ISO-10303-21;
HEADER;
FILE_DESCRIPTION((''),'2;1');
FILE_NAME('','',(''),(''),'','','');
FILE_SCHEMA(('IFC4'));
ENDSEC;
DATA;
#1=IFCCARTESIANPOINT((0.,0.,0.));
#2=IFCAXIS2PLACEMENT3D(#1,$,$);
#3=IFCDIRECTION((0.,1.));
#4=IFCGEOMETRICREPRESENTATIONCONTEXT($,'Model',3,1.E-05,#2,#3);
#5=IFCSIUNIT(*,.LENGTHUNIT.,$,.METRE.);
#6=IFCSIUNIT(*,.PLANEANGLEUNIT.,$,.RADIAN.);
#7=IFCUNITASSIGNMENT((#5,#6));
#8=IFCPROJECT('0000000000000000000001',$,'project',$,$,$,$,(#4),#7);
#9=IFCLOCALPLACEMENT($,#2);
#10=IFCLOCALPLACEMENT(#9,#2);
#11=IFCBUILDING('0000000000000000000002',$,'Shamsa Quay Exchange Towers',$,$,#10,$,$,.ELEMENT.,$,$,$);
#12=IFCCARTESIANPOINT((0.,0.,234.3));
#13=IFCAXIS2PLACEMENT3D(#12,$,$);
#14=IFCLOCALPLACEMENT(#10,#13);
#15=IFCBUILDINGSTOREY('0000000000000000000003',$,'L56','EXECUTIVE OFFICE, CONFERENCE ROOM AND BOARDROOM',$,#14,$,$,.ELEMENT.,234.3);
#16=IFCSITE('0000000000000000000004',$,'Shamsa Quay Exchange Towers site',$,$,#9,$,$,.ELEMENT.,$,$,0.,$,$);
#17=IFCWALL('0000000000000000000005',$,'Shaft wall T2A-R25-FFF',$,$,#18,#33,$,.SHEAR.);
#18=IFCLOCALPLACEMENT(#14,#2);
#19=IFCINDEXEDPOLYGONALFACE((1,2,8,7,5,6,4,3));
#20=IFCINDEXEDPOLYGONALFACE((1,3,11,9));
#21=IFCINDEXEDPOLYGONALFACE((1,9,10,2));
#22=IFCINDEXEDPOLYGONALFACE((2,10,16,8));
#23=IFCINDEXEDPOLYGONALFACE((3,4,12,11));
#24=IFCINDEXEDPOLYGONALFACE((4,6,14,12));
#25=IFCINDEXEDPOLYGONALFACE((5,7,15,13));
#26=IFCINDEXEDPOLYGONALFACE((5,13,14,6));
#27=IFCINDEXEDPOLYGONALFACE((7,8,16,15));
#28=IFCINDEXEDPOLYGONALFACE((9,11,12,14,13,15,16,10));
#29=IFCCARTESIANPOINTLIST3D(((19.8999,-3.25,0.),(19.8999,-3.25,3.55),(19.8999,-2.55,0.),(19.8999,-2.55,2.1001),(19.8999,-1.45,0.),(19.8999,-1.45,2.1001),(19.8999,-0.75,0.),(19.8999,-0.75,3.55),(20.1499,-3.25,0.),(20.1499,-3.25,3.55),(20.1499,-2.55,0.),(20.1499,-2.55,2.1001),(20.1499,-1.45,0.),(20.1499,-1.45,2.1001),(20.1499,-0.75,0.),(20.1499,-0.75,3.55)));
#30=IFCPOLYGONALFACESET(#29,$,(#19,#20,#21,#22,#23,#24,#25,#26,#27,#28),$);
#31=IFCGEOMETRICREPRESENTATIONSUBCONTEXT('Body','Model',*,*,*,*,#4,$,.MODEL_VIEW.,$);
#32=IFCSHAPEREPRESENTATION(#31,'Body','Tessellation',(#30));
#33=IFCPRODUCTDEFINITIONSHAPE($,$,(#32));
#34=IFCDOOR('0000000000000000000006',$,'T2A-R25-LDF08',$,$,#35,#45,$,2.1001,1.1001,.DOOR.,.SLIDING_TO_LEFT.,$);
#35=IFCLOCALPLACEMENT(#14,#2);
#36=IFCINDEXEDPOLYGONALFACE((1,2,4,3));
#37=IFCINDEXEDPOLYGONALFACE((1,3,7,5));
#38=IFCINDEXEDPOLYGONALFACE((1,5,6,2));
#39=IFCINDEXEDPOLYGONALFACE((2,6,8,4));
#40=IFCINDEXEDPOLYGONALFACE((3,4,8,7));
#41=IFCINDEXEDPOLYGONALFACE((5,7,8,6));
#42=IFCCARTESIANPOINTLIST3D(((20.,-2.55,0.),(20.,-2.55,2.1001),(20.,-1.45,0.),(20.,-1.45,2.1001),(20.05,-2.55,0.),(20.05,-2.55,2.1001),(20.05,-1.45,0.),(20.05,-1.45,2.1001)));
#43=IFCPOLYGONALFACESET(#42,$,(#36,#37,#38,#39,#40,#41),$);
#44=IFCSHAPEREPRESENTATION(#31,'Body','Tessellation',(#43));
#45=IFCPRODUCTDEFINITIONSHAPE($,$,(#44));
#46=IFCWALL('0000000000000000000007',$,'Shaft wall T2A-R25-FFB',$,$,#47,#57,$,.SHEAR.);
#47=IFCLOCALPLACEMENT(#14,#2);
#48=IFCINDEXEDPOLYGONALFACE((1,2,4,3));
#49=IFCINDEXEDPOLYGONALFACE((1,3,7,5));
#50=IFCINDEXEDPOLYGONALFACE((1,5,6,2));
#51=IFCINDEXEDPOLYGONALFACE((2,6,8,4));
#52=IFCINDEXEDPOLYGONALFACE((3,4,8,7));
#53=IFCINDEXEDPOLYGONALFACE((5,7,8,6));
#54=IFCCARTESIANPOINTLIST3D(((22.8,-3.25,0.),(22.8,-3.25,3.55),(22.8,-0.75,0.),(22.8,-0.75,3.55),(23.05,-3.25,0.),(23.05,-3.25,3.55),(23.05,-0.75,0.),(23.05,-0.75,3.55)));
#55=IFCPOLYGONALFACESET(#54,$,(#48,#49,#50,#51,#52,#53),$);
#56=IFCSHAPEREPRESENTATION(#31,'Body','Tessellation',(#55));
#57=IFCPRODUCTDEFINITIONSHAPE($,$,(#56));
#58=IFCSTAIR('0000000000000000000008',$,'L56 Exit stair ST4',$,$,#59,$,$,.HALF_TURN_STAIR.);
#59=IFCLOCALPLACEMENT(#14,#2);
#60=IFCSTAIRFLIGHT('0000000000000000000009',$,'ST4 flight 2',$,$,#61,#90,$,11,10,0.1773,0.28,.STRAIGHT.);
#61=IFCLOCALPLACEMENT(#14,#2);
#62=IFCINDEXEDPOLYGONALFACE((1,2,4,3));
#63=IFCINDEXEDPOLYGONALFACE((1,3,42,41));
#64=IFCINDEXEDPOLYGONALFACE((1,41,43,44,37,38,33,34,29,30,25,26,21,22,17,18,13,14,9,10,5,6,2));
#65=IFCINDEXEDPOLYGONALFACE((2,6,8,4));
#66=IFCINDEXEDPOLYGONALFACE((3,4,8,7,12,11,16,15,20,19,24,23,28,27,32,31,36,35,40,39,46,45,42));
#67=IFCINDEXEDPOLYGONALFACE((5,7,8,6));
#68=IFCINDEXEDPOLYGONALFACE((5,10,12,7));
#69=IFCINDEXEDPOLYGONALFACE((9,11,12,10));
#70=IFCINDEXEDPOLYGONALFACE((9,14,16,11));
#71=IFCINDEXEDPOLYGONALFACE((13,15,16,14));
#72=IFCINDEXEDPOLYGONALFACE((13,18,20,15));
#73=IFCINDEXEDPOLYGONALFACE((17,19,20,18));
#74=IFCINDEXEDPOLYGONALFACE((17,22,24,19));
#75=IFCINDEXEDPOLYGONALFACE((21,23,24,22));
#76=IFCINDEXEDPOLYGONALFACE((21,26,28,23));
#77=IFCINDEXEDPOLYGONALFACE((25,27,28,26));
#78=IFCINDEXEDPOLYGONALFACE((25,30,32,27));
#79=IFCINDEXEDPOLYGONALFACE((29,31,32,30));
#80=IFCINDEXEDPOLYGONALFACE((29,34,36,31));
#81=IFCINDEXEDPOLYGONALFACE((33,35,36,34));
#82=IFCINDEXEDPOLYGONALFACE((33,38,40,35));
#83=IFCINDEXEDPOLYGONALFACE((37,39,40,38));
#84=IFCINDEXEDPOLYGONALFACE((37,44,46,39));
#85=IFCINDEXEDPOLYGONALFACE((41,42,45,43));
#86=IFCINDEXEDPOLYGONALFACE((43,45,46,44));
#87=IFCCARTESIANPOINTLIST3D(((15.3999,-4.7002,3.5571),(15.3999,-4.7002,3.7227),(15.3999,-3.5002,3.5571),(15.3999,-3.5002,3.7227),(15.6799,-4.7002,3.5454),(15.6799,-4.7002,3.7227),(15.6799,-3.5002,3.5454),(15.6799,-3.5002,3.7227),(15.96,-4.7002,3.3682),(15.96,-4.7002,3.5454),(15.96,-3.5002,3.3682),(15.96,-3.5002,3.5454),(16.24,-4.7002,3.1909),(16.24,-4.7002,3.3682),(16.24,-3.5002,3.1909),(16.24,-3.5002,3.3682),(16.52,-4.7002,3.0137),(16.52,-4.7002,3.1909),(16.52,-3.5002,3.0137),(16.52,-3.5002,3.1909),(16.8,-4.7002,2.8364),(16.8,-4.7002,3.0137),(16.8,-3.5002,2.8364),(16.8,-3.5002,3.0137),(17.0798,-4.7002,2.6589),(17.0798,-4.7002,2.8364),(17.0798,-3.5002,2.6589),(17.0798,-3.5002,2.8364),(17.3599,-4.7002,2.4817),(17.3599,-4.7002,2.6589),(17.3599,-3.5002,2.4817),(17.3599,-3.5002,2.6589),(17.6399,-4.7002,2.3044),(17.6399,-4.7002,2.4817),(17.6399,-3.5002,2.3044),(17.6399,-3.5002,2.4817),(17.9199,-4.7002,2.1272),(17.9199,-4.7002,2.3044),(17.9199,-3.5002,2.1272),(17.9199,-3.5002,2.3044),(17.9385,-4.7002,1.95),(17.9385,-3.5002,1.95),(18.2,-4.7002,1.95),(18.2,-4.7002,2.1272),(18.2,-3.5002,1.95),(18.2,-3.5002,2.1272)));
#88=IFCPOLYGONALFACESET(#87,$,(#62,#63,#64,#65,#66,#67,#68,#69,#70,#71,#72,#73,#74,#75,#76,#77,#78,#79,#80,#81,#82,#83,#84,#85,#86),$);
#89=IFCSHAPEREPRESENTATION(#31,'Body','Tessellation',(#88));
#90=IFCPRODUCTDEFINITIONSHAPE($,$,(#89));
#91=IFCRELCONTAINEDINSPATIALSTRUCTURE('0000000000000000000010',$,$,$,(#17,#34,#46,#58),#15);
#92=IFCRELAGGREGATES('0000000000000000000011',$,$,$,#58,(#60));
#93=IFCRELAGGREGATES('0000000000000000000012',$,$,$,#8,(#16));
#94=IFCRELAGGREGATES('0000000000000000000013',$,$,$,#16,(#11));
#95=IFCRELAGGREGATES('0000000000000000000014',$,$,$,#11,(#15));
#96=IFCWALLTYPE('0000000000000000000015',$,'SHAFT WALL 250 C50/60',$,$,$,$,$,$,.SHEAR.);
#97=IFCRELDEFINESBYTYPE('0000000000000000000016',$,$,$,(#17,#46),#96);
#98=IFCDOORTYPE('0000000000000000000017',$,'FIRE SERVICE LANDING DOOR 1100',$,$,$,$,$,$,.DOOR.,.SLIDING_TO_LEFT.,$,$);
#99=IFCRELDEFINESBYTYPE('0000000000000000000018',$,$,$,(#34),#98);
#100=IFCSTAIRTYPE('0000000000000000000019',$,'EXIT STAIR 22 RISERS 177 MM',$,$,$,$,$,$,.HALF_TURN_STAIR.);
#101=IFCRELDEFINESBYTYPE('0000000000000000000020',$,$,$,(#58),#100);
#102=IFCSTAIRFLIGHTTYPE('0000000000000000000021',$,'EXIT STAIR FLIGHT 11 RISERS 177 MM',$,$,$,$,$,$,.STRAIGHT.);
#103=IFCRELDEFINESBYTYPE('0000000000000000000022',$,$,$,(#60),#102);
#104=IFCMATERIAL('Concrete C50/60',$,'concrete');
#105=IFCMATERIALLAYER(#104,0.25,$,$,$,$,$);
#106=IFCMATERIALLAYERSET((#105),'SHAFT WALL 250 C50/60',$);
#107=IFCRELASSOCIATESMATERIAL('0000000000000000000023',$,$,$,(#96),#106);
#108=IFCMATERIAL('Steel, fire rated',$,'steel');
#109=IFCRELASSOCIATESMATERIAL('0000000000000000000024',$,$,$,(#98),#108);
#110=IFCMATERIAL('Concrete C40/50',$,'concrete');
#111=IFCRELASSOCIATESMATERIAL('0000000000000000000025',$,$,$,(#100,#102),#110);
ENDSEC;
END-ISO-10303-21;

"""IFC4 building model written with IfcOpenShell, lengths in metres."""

from ifc_helpers import new_model, si_unit, direction, frame, frame_2d, origin, place, context, subcontext, project, spatial, polyline, rectangle, outline, extrude, material, layer, layer_set, type_object, element, fill, aggregate, save


model = new_model("IFC4")

# Units and contexts
model_context = context("Model", 3, precision=1e-05, world=origin(), true_north=direction((0.0, 1.0)))
body_context = subcontext(model_context, "Body", "Model", "MODEL_VIEW")
ifc_project = project(units=[si_unit("LENGTHUNIT", "METRE"), si_unit("PLANEANGLEUNIT", "RADIAN")], contexts=[model_context])

# Site, building, storey
site_placement = place(None, origin())
site = spatial("IfcSite", under=ifc_project, at=site_placement, Name="Shamsa Quay Exchange Towers site", CompositionType="ELEMENT", RefElevation=0.0)
building_placement = place(site_placement, origin())
building = spatial("IfcBuilding", under=site, at=building_placement, Name="Shamsa Quay Exchange Towers", CompositionType="ELEMENT")
storey_placement = place(building_placement, frame((0.0, 0.0, 234.3)))
storey = spatial("IfcBuildingStorey", under=building, at=storey_placement, Name="L56", Description="EXECUTIVE OFFICE, CONFERENCE ROOM AND BOARDROOM", CompositionType="ELEMENT", Elevation=234.3)

# Shared definitions
ifc_material_1 = material(Name="Concrete C50/60", Category="concrete")
ifc_layer_1 = layer(ifc_material_1, 0.25)
ifc_layer_set_1 = layer_set([ifc_layer_1], Name="SHAFT WALL 250 C50/60")
wall_type_1 = type_object("IfcWallType", Name="SHAFT WALL 250 C50/60", PredefinedType="SHEAR", material=ifc_layer_set_1)
ifc_material_2 = material(Name="Steel, fire rated", Category="steel")

# Wall, opening, door
wall_1_placement = place(storey_placement, frame((20.0249, -3.25, 0.0), z_axis=(0.0, 0.0, 1.0), x_axis=(0.0, 1.0, 0.0)))
wall_1 = element("IfcWall", 1, at=wall_1_placement, inside=storey, type_object=wall_type_1, Name="Shaft wall T2A-R25-FFF", PredefinedType="SHEAR", context=body_context, shape_type="SweptSolid", body=[
    extrude(rectangle(XDim=2.5, YDim=0.25, at=frame_2d((1.25, 0.0))), origin(), (0.0, 0.0, 1.0), 3.55),
])
opening_1_placement = place(wall_1_placement, frame((0.7, 0.0, 0.0)))
opening_1 = element("IfcOpeningElement", 2, at=opening_1_placement, cuts=wall_1, PredefinedType="OPENING", context=body_context, shape_type="SweptSolid", body=[
    extrude(rectangle(XDim=1.1001, YDim=2.1001, at=frame_2d((0.55, 1.05))), frame((0.0, 0.135, 0.0), z_axis=(0.0, -1.0, 0.0), x_axis=(1.0, 0.0, 0.0)), (0.0, 0.0, 1.0), 0.27),
])
door_type_1 = type_object("IfcDoorType", Name="FIRE SERVICE LANDING DOOR 1100", OperationType="SLIDING_TO_LEFT", PredefinedType="DOOR", material=ifc_material_2)
door_1_placement = place(opening_1_placement, origin())
door_1 = element("IfcDoor", 3, at=door_1_placement, inside=storey, type_object=door_type_1, Name="T2A-R25-LDF08", OperationType="SLIDING_TO_LEFT", OverallHeight=2.1001, OverallWidth=1.1001, PredefinedType="DOOR", context=body_context, shape_type="SweptSolid", body=[
    extrude(rectangle(XDim=1.1001, YDim=2.1001, at=frame_2d((0.55, 1.05))), frame((0.0, 0.0249, 0.0), z_axis=(0.0, -1.0, 0.0), x_axis=(1.0, 0.0, 0.0)), (0.0, 0.0, 1.0), 0.05),
])
fill(opening_1, door_1)

# Wall
wall_2_placement = place(storey_placement, frame((22.925, -3.25, 0.0), z_axis=(0.0, 0.0, 1.0), x_axis=(0.0, 1.0, 0.0)))
element("IfcWall", 4, at=wall_2_placement, inside=storey, type_object=wall_type_1, Name="Shaft wall T2A-R25-FFB", PredefinedType="SHEAR", context=body_context, shape_type="SweptSolid", body=[
    extrude(rectangle(XDim=2.5, YDim=0.25, at=frame_2d((1.25, 0.0))), origin(), (0.0, 0.0, 1.0), 3.55),
])

# Stair, stair flight
ifc_material_3 = material(Name="Concrete C40/50", Category="concrete")
stair_type = type_object("IfcStairType", Name="EXIT STAIR 22 RISERS 177 MM", PredefinedType="HALF_TURN_STAIR", material=ifc_material_3)
stair_placement = place(storey_placement, origin())
stair = element("IfcStair", 5, at=stair_placement, inside=storey, type_object=stair_type, Name="L56 Exit stair ST4", PredefinedType="HALF_TURN_STAIR")
stair_flight_type = type_object("IfcStairFlightType", Name="EXIT STAIR FLIGHT 11 RISERS 177 MM", PredefinedType="STRAIGHT", material=ifc_material_3)
stair_flight_placement = place(storey_placement, frame((18.2, -4.1001, 1.95), z_axis=(0.0, 0.0, 1.0), x_axis=(-1.0, 0.0, 0.0)))
stair_flight = element("IfcStairFlight", 6, at=stair_flight_placement, type_object=stair_flight_type, Name="ST4 flight 2", NumberOfRisers=11, NumberOfTreads=10, PredefinedType="STRAIGHT", RiserHeight=0.1773, TreadLength=0.28, context=body_context, shape_type="SweptSolid", body=[
    extrude(outline(polyline([(0.0, 0.0), (0.0, 0.1772), (0.28, 0.1772), (0.28, 0.3545), (0.5601, 0.3545), (0.5601, 0.5317), (0.8401, 0.5317), (0.8401, 0.709), (1.1201, 0.709), (1.1201, 0.8865), (1.3999, 0.8865), (1.3999, 1.0637), (1.6799, 1.0637), (1.6799, 1.241), (1.96, 1.241), (1.96, 1.4182), (2.24, 1.4182), (2.24, 1.5955), (2.52, 1.5955), (2.52, 1.7727), (2.8, 1.7727), (2.8, 1.95), (2.8, 1.6072), (0.2615, 0.0), (0.0, 0.0)])), frame((0.0, 0.6001, 0.0), z_axis=(0.0, -1.0, 0.0), x_axis=(1.0, 0.0, 0.0)), (0.0, 0.0, 1.0), 1.2),
])
aggregate(stair, [stair_flight])

save(model, "model.ifc")
